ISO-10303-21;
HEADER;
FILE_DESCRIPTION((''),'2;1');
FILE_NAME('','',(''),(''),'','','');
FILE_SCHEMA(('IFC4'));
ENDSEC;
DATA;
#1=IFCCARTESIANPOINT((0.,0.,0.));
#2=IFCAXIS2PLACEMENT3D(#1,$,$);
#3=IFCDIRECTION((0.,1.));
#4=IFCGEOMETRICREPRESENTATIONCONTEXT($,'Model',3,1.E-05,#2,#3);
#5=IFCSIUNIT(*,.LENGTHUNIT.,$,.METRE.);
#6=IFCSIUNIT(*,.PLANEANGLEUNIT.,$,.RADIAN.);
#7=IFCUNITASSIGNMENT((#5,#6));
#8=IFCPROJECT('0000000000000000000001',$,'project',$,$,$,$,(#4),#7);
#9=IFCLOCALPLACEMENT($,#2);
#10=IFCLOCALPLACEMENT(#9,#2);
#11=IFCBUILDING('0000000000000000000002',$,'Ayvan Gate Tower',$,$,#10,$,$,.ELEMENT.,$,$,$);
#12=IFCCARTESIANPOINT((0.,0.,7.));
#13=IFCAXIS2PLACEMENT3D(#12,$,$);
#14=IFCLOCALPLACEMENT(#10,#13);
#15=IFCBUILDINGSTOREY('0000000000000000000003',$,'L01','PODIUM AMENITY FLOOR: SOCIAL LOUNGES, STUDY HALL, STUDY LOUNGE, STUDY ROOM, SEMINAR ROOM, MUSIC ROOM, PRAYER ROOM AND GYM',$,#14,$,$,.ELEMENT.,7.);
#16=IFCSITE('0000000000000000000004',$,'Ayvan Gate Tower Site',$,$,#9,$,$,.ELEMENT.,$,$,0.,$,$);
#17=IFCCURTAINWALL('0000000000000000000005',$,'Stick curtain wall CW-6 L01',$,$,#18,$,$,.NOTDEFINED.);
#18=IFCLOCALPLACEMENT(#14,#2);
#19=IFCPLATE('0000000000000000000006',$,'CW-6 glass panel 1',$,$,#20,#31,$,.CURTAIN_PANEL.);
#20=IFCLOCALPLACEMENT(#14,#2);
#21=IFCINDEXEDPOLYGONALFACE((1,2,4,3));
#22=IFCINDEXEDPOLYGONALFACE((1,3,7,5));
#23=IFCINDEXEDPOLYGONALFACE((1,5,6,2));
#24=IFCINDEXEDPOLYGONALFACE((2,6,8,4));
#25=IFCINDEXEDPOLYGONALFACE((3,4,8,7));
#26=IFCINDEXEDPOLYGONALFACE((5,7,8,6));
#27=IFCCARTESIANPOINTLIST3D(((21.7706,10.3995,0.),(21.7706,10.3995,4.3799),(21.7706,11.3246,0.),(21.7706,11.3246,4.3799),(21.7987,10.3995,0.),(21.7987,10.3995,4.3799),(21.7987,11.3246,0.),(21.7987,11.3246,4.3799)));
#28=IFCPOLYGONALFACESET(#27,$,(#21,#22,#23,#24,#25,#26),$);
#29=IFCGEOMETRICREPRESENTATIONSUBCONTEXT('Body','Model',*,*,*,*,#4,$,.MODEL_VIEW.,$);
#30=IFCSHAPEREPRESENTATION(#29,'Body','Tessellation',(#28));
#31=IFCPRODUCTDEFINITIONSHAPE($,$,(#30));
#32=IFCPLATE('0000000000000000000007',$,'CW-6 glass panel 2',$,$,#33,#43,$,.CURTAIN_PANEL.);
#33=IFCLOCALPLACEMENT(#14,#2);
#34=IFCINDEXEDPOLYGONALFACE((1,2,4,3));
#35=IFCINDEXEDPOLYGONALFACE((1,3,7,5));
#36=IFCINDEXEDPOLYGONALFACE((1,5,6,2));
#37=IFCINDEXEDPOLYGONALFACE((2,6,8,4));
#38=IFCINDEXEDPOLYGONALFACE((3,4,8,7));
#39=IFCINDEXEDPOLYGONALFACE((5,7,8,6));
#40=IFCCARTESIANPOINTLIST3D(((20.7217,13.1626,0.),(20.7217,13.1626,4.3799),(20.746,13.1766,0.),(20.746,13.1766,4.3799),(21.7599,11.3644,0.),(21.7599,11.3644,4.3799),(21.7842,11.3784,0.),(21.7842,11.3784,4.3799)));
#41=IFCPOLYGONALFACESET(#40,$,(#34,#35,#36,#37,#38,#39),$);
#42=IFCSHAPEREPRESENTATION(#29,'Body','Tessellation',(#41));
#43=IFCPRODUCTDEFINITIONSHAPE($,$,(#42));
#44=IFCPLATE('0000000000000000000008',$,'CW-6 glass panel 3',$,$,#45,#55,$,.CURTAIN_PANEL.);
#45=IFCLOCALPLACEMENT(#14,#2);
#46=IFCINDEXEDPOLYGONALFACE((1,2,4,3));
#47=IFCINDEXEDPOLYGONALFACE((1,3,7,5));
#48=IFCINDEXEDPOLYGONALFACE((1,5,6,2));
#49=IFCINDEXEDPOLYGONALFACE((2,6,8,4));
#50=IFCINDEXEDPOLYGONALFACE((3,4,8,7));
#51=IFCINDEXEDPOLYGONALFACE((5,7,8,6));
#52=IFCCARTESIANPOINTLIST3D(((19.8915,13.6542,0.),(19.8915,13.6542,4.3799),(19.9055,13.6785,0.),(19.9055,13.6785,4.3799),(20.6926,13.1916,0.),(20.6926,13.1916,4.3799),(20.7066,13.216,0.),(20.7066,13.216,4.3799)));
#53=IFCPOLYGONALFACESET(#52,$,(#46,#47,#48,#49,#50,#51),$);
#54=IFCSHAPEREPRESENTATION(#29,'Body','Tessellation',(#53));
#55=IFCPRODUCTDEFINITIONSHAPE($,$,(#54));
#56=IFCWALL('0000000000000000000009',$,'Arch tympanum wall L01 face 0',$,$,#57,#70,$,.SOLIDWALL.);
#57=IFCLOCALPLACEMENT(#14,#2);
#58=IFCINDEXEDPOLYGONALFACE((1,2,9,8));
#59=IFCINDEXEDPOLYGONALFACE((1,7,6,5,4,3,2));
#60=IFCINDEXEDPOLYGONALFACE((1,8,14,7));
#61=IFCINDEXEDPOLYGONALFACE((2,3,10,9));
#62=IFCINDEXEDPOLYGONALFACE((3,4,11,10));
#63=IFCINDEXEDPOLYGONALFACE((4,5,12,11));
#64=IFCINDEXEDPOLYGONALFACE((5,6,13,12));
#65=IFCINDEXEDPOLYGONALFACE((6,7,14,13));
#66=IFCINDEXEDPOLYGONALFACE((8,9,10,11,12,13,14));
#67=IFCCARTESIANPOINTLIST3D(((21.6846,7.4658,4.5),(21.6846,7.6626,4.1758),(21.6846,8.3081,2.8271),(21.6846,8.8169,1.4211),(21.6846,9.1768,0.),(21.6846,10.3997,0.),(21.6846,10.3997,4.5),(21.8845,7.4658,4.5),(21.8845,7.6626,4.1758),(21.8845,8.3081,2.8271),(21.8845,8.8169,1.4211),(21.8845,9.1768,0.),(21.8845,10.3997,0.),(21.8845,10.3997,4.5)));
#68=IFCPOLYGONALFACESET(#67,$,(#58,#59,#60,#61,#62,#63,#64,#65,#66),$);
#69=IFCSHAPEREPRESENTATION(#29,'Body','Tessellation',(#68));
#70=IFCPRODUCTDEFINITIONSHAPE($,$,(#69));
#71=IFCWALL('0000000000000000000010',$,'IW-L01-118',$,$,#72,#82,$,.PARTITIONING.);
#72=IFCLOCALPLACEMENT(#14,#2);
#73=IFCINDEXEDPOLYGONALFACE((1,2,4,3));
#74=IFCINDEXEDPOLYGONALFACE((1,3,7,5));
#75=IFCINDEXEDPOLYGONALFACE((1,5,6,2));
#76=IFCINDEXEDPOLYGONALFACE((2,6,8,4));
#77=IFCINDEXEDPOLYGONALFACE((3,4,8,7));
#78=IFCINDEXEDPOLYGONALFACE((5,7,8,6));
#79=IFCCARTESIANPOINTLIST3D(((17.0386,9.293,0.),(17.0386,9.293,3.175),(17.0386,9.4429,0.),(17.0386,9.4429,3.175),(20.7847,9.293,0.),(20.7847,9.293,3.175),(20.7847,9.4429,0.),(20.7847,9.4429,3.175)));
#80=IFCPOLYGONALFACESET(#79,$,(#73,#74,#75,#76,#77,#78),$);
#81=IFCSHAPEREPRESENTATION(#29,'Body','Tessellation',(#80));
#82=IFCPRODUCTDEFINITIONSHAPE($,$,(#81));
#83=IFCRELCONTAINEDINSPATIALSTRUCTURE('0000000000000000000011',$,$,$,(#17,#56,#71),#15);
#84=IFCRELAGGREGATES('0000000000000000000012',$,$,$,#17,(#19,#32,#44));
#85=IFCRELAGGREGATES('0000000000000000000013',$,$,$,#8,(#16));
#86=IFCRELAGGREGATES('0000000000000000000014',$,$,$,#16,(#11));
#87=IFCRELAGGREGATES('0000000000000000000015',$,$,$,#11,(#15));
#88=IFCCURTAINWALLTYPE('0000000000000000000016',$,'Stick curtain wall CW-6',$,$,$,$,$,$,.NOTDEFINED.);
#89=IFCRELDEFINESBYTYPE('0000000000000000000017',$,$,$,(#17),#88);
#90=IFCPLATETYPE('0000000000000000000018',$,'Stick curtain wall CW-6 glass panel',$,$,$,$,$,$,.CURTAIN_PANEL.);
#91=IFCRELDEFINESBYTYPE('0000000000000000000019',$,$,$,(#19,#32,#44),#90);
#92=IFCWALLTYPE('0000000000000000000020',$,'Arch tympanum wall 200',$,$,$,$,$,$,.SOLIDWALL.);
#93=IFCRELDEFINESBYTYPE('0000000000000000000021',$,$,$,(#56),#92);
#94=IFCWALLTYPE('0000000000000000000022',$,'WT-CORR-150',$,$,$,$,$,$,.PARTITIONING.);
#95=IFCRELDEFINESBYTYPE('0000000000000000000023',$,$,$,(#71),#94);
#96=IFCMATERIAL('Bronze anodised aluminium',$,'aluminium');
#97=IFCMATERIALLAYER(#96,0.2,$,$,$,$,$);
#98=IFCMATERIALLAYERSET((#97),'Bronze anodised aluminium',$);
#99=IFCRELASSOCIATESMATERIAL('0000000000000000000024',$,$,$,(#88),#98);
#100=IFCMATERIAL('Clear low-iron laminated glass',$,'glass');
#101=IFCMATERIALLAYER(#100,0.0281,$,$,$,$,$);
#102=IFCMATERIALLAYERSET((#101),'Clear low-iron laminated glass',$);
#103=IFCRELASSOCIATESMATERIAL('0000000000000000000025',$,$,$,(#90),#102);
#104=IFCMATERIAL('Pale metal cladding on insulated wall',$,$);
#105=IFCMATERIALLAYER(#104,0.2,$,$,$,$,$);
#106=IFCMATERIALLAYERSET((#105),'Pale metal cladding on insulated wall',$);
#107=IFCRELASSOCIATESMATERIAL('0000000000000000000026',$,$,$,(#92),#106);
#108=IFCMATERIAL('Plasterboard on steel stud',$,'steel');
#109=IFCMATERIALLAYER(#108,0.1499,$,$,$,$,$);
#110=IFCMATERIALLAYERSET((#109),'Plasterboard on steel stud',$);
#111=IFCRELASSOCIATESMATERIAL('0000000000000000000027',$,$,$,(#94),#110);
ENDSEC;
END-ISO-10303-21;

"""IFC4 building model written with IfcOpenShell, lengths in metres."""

from ifc_helpers import new_model, si_unit, direction, frame, frame_2d, origin, origin_2d, place, context, subcontext, project, spatial, polyline, rectangle, outline, extrude, material, layer, layer_set, type_object, element, aggregate, save


model = new_model("IFC4")

# Units and contexts
model_context = context("Model", 3, precision=1e-05, world=origin(), true_north=direction((0.0, 1.0)))
body_context = subcontext(model_context, "Body", "Model", "MODEL_VIEW")
ifc_project = project(units=[si_unit("LENGTHUNIT", "METRE"), si_unit("PLANEANGLEUNIT", "RADIAN")], contexts=[model_context])

# Site, building, storey
site_placement = place(None, origin())
site = spatial("IfcSite", under=ifc_project, at=site_placement, Name="Ayvan Gate Tower Site", CompositionType="ELEMENT", RefElevation=0.0)
building_placement = place(site_placement, origin())
building = spatial("IfcBuilding", under=site, at=building_placement, Name="Ayvan Gate Tower", CompositionType="ELEMENT")
storey_placement = place(building_placement, frame((0.0, 0.0, 7.0)))
storey = spatial("IfcBuildingStorey", under=building, at=storey_placement, Name="L01", Description="PODIUM AMENITY FLOOR: SOCIAL LOUNGES, STUDY HALL, STUDY LOUNGE, STUDY ROOM, SEMINAR ROOM, MUSIC ROOM, PRAYER ROOM AND GYM", CompositionType="ELEMENT", Elevation=7.0)

# Shared definitions
ifc_material_1 = material(Name="Bronze anodised aluminium", Category="aluminium")

# Curtain wall, plates
ifc_layer_1 = layer(ifc_material_1, 0.2)
ifc_layer_set_1 = layer_set([ifc_layer_1], Name="Bronze anodised aluminium")
curtain_wall_type_1 = type_object("IfcCurtainWallType", Name="Stick curtain wall CW-6", PredefinedType="NOTDEFINED", material=ifc_layer_set_1)
curtain_wall_1_placement = place(storey_placement, origin())
curtain_wall_1 = element("IfcCurtainWall", 1, at=curtain_wall_1_placement, inside=storey, type_object=curtain_wall_type_1, Name="Stick curtain wall CW-6 L01", PredefinedType="NOTDEFINED")
ifc_material_2 = material(Name="Clear low-iron laminated glass", Category="glass")
ifc_layer_2 = layer(ifc_material_2, 0.0281)
ifc_layer_set_2 = layer_set([ifc_layer_2], Name="Clear low-iron laminated glass")
plate_type = type_object("IfcPlateType", Name="Stick curtain wall CW-6 glass panel", PredefinedType="CURTAIN_PANEL", material=ifc_layer_set_2)
plate_1_placement = place(storey_placement, frame((21.7847, 10.8621, 0.0), z_axis=(0.0, 0.0, 1.0), x_axis=(0.0, 1.0, 0.0)))
plate_1 = element("IfcPlate", 2, at=plate_1_placement, type_object=plate_type, Name="CW-6 glass panel 1", PredefinedType="CURTAIN_PANEL", context=body_context, shape_type="SweptSolid", body=[
    extrude(rectangle(XDim=0.925, YDim=0.0281, at=origin_2d()), origin(), (0.0, 0.0, 1.0), 4.3799),
])
plate_2_placement = place(storey_placement, frame((21.2529, 12.2705, 0.0), z_axis=(0.0, 0.0, 1.0), x_axis=(-0.5, 0.866025, 0.0)))
plate_2 = element("IfcPlate", 3, at=plate_2_placement, type_object=plate_type, Name="CW-6 glass panel 2", PredefinedType="CURTAIN_PANEL", context=body_context, shape_type="SweptSolid", body=[
    extrude(rectangle(XDim=2.0764, YDim=0.0281, at=origin_2d()), origin(), (0.0, 0.0, 1.0), 4.3799),
])
plate_3_placement = place(storey_placement, frame((20.2991, 13.4351, 0.0), z_axis=(0.0, 0.0, 1.0), x_axis=(-0.866025, 0.5, 0.0)))
plate_3 = element("IfcPlate", 4, at=plate_3_placement, type_object=plate_type, Name="CW-6 glass panel 3", PredefinedType="CURTAIN_PANEL", context=body_context, shape_type="SweptSolid", body=[
    extrude(rectangle(XDim=0.925, YDim=0.0281, at=origin_2d()), origin(), (0.0, 0.0, 1.0), 4.3799),
])
aggregate(curtain_wall_1, [plate_1, plate_2, plate_3])

# Walls
ifc_material_3 = material(Name="Pale metal cladding on insulated wall")
ifc_layer_3 = layer(ifc_material_3, 0.2)
ifc_layer_set_3 = layer_set([ifc_layer_3], Name="Pale metal cladding on insulated wall")
wall_type_1 = type_object("IfcWallType", Name="Arch tympanum wall 200", PredefinedType="SOLIDWALL", material=ifc_layer_set_3)
wall_1_placement = place(storey_placement, frame((21.6846, 10.3997, 0.0), z_axis=(-1.0, 0.0, 0.0), x_axis=(0.0, -1.0, 0.0)))
element("IfcWall", 5, at=wall_1_placement, inside=storey, type_object=wall_type_1, Name="Arch tympanum wall L01 face 0", PredefinedType="SOLIDWALL", context=body_context, shape_type="SweptSolid", body=[
    extrude(outline(polyline([(0.0, 0.0), (1.2229, 0.0), (1.5828, 1.4211), (2.0916, 2.8271), (2.7371, 4.1758), (2.9338, 4.5), (0.0, 4.5), (0.0, 0.0)])), origin(), (0.0, 0.0, -1.0), 0.2),
])
ifc_material_4 = material(Name="Plasterboard on steel stud", Category="steel")
ifc_layer_4 = layer(ifc_material_4, 0.1499)
ifc_layer_set_4 = layer_set([ifc_layer_4], Name="Plasterboard on steel stud")
wall_type_2 = type_object("IfcWallType", Name="WT-CORR-150", PredefinedType="PARTITIONING", material=ifc_layer_set_4)
wall_2_placement = place(storey_placement, frame((20.7847, 9.3679, 0.0), z_axis=(0.0, 0.0, 1.0), x_axis=(-1.0, 0.0, 0.0)))
element("IfcWall", 6, at=wall_2_placement, inside=storey, type_object=wall_type_2, Name="IW-L01-118", PredefinedType="PARTITIONING", context=body_context, shape_type="SweptSolid", body=[
    extrude(rectangle(XDim=3.7461, YDim=0.1499, at=frame_2d((1.873, 0.0))), origin(), (0.0, 0.0, 1.0), 3.175),
])

save(model, "model.ifc")
